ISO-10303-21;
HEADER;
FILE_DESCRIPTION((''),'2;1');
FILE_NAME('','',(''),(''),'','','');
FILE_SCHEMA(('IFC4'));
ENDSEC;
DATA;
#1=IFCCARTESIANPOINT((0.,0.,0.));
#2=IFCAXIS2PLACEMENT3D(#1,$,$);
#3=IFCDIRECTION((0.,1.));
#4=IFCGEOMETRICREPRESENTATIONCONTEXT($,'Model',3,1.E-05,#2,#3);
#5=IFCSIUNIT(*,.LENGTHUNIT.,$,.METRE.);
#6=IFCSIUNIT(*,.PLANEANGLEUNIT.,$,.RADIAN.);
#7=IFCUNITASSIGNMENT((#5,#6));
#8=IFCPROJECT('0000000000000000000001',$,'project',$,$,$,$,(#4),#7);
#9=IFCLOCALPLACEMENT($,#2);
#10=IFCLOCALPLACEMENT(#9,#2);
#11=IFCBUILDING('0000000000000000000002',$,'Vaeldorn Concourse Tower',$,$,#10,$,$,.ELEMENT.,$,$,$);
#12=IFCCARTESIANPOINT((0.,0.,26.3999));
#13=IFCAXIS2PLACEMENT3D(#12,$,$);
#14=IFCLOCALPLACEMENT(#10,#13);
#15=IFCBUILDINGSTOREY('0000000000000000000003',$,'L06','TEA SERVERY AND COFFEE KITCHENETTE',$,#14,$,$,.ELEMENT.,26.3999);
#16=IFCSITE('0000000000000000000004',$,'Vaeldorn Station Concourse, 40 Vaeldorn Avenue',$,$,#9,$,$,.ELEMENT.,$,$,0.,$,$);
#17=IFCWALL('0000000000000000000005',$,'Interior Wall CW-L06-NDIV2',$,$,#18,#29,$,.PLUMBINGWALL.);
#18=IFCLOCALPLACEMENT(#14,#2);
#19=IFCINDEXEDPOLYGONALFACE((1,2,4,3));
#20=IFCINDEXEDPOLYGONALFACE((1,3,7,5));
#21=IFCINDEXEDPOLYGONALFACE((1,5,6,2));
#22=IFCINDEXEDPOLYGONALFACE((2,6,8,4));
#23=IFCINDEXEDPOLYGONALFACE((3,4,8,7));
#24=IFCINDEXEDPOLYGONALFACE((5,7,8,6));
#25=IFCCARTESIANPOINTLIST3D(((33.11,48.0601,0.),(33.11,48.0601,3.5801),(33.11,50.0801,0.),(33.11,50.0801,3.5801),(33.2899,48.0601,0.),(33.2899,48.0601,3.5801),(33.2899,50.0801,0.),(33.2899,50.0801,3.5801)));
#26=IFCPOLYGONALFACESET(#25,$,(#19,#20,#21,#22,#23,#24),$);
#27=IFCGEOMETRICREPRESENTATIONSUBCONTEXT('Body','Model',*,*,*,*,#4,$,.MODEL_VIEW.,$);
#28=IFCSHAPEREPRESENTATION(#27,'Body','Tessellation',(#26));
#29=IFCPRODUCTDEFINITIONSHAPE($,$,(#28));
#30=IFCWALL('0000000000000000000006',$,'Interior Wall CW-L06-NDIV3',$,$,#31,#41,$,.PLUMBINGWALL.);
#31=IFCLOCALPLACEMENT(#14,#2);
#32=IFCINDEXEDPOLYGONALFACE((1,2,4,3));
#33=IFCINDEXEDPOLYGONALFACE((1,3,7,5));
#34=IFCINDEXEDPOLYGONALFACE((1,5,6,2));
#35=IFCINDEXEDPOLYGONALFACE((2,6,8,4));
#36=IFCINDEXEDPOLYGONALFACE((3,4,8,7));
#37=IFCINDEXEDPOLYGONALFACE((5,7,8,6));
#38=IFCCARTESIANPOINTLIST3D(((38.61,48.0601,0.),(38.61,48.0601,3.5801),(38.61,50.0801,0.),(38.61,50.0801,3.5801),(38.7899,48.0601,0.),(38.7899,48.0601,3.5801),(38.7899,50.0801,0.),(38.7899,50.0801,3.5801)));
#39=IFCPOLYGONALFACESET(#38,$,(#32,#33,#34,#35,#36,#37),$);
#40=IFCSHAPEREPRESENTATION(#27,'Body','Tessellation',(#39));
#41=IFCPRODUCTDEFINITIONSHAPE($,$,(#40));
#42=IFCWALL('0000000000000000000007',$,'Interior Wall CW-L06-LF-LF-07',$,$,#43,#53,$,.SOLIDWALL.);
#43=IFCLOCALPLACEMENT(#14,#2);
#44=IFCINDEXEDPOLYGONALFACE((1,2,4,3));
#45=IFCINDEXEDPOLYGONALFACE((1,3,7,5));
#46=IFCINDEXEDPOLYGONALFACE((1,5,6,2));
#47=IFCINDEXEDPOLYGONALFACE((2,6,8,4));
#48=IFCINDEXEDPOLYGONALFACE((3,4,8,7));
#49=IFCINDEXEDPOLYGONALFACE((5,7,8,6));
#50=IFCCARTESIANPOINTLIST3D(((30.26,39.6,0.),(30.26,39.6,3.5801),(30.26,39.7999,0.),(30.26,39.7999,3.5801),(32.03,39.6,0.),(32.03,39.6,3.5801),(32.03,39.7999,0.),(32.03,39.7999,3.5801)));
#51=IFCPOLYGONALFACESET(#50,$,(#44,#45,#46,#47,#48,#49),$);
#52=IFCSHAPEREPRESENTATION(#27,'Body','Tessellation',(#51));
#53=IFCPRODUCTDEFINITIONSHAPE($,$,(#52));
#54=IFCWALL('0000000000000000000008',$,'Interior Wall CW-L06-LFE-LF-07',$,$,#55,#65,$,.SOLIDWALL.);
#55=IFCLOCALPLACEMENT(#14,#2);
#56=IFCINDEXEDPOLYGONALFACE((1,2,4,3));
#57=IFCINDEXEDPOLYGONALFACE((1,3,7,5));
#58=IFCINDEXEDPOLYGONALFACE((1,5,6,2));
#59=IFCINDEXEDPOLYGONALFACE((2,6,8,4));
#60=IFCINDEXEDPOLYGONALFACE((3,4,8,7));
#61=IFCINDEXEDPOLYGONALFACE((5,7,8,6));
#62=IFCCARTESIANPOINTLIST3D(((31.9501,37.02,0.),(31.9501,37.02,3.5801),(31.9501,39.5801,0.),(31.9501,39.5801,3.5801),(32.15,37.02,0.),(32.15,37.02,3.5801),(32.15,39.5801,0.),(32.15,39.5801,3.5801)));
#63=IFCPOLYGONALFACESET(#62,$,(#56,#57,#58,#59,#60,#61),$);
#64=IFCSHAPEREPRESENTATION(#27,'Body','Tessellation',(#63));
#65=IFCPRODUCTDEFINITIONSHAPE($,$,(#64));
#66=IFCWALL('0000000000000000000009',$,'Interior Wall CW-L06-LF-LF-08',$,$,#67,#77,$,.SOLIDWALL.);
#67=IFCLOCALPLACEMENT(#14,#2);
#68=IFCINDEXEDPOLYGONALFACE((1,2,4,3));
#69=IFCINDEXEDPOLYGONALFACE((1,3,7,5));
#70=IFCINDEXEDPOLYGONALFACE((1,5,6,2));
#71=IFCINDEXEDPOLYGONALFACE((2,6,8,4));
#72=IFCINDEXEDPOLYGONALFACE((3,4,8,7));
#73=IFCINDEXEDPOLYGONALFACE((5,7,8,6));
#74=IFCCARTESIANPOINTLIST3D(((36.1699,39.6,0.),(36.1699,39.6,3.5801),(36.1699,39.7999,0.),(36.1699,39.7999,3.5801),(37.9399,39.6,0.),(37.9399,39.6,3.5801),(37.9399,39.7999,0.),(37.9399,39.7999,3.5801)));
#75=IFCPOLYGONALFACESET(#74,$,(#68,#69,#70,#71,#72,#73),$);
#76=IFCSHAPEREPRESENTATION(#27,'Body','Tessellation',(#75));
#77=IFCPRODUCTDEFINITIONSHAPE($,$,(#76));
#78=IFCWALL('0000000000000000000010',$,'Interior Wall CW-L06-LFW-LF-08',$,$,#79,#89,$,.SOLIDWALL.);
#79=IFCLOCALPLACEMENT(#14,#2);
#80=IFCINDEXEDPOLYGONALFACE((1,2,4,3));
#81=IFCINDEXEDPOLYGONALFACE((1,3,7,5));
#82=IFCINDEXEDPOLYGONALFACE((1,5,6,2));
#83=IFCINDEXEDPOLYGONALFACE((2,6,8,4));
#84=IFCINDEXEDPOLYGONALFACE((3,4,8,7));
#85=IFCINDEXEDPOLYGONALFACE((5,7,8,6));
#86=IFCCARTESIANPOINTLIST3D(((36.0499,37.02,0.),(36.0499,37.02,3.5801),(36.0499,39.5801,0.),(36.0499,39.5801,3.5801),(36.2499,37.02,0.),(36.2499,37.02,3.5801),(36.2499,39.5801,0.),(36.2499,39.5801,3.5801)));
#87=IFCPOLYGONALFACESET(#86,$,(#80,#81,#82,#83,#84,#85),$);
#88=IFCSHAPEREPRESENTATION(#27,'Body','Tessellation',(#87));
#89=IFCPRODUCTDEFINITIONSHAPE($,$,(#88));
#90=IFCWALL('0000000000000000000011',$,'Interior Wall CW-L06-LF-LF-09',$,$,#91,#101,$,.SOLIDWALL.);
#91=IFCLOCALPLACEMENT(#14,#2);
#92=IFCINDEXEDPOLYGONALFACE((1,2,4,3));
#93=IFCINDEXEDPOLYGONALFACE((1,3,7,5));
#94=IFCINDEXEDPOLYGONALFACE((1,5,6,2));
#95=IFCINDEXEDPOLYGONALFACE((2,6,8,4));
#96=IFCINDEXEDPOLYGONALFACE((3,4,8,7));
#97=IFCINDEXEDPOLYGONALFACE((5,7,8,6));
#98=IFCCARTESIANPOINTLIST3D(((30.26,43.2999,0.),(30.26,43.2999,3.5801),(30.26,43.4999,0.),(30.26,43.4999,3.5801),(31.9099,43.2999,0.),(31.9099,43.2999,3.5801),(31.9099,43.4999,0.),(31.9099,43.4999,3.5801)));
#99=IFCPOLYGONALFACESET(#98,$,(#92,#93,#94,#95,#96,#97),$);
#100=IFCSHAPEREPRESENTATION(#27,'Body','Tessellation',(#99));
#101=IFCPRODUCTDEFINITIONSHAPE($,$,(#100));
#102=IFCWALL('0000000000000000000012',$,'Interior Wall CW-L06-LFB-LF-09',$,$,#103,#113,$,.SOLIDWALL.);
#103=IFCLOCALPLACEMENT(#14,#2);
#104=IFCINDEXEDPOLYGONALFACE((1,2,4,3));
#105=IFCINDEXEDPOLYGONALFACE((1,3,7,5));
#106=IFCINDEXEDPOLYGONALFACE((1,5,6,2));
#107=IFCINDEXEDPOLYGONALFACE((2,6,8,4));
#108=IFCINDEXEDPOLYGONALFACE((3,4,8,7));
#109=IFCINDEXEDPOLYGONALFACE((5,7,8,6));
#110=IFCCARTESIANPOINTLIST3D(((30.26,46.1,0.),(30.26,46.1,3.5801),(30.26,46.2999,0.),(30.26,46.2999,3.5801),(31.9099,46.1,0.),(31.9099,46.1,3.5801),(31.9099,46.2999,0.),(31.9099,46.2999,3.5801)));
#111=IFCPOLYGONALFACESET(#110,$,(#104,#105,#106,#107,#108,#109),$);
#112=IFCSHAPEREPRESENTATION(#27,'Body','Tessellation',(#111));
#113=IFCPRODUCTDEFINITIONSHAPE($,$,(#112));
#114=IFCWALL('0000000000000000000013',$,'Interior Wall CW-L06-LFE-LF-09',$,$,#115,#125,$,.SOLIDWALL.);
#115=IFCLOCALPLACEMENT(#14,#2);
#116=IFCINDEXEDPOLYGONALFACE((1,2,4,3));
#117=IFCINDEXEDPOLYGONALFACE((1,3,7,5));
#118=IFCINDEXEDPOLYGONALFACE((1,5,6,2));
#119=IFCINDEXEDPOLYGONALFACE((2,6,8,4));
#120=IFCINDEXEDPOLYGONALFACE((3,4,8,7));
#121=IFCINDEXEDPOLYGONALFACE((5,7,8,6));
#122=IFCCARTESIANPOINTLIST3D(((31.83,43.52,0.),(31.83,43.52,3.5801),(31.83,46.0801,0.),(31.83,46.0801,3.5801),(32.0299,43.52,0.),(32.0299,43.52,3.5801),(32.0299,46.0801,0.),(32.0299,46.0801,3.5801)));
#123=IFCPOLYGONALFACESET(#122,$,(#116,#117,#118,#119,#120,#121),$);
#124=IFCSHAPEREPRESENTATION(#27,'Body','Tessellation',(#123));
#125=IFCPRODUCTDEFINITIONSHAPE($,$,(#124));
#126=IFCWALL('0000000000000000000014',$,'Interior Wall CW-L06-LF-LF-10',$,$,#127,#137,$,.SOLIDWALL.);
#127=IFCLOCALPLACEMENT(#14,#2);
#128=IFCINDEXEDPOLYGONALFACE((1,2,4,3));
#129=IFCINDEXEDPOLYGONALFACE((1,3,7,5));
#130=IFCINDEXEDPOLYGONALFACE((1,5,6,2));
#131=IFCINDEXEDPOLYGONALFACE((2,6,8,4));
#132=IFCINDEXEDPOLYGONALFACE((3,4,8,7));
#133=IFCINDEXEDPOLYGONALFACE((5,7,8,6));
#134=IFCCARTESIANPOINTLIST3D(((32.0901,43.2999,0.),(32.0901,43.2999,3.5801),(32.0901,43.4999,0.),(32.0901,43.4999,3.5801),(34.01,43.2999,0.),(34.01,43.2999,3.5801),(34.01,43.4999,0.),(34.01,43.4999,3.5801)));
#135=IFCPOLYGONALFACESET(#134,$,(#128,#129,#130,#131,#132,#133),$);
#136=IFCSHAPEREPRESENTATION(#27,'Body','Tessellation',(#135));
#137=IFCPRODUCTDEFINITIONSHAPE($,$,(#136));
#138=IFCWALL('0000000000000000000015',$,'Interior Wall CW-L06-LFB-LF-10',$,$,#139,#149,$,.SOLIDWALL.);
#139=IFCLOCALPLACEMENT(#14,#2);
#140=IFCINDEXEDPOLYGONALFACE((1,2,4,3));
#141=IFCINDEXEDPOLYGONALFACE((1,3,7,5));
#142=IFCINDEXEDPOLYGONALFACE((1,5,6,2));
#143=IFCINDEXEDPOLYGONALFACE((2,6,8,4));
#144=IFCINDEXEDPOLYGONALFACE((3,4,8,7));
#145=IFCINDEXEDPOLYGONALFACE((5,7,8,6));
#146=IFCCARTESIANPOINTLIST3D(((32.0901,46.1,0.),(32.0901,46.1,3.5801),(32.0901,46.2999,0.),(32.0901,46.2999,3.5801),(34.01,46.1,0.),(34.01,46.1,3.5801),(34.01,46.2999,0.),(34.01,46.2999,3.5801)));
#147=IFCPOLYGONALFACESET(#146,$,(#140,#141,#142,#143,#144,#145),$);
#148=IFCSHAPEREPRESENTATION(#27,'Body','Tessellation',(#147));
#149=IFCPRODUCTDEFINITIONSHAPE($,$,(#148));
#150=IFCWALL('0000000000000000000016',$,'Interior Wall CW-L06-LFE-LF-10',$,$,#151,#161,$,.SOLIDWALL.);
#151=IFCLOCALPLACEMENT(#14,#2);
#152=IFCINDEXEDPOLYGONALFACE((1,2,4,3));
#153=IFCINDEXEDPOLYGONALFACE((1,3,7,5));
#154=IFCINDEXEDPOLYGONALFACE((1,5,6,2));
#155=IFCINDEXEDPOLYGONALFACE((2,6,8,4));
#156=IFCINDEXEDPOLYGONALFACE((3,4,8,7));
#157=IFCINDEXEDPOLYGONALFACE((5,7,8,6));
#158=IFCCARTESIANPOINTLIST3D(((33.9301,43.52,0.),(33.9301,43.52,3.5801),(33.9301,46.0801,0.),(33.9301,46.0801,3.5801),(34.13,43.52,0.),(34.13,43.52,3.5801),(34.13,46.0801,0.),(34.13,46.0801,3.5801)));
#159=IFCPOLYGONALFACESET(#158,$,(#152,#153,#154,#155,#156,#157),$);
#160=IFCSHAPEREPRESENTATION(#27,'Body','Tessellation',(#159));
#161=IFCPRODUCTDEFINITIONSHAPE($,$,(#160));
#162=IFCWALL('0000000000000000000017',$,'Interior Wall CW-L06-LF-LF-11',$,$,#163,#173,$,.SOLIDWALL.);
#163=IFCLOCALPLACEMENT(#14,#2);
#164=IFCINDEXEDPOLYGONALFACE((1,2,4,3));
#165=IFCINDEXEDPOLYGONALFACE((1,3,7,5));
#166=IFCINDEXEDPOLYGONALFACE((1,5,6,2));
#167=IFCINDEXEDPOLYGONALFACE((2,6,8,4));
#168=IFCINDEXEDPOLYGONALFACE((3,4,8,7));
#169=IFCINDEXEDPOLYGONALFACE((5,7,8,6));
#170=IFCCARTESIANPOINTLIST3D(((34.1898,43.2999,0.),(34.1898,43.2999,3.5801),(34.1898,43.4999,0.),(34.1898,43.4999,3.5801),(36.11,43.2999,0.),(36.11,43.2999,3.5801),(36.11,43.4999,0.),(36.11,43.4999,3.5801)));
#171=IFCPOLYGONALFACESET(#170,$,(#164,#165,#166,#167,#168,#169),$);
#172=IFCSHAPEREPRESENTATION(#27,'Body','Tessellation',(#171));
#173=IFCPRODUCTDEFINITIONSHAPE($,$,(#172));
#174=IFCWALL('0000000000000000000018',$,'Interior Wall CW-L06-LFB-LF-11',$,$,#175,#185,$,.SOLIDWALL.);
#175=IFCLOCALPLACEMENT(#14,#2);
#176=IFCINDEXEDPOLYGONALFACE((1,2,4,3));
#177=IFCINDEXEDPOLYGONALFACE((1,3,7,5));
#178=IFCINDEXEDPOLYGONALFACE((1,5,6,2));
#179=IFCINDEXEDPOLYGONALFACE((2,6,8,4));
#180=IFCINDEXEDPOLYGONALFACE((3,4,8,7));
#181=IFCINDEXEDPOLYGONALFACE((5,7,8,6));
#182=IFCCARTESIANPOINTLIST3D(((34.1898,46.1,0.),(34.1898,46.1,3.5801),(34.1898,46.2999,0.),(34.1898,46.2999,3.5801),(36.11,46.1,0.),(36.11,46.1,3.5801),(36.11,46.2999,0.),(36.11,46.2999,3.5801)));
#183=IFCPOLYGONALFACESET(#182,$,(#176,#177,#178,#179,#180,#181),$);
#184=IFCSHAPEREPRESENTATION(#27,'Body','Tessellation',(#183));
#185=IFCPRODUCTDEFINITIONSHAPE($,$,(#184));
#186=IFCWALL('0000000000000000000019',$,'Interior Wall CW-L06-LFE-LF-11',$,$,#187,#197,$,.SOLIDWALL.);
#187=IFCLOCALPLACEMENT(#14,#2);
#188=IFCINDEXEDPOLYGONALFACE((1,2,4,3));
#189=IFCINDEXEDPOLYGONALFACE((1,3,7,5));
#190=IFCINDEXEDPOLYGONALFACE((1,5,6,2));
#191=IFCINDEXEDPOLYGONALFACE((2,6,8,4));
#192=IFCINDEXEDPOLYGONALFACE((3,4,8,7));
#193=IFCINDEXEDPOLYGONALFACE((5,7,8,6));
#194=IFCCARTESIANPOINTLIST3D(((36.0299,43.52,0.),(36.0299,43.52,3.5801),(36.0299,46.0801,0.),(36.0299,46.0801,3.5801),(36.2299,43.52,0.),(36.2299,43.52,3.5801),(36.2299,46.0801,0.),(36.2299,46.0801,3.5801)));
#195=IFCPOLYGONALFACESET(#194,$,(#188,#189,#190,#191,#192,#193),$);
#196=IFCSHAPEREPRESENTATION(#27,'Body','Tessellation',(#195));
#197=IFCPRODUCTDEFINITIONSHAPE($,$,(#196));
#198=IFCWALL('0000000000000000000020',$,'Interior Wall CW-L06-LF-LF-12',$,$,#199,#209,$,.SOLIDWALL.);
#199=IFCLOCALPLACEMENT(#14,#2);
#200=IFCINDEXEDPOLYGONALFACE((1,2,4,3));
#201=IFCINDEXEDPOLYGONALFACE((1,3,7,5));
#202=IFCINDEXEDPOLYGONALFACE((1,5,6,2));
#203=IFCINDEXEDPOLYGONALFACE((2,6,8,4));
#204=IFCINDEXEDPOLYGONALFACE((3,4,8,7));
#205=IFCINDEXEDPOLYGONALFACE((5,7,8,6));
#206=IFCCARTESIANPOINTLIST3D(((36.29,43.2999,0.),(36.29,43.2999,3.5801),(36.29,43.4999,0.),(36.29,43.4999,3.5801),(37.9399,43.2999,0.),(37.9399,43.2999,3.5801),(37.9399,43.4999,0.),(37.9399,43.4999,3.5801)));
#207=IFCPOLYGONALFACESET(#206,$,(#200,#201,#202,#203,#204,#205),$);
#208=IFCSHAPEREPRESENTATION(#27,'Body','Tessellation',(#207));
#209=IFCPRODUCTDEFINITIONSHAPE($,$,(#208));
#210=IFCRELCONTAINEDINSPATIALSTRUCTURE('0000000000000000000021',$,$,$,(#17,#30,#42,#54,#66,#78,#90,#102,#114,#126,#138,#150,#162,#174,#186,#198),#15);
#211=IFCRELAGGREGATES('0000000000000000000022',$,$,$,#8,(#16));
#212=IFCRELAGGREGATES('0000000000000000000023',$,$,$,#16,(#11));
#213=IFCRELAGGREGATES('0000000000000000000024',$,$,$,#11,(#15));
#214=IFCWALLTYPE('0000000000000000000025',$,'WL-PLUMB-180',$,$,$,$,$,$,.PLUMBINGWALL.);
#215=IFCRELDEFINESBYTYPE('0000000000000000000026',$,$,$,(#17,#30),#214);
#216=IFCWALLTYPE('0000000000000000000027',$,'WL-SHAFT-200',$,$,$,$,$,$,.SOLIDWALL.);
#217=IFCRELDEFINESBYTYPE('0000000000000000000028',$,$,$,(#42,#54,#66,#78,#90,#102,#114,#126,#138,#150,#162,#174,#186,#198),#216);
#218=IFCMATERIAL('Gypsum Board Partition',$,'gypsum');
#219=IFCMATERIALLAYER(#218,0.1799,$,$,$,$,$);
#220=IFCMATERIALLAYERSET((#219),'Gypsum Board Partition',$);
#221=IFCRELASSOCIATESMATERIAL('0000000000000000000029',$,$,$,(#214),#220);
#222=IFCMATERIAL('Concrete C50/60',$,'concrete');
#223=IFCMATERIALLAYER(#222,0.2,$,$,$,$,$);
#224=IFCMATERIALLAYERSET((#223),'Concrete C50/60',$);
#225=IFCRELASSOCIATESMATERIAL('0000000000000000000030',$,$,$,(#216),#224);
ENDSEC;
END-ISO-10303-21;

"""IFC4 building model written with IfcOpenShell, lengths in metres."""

from ifc_helpers import new_model, si_unit, direction, frame, frame_2d, origin, place, context, subcontext, project, spatial, rectangle, extrude, material, layer, layer_set, type_object, element, save


model = new_model("IFC4")

# Units and contexts
model_context = context("Model", 3, precision=1e-05, world=origin(), true_north=direction((0.0, 1.0)))
body_context = subcontext(model_context, "Body", "Model", "MODEL_VIEW")
ifc_project = project(units=[si_unit("LENGTHUNIT", "METRE"), si_unit("PLANEANGLEUNIT", "RADIAN")], contexts=[model_context])

# Site, building, storey
site_placement = place(None, origin())
site = spatial("IfcSite", under=ifc_project, at=site_placement, Name="Vaeldorn Station Concourse, 40 Vaeldorn Avenue", CompositionType="ELEMENT", RefElevation=0.0)
building_placement = place(site_placement, origin())
building = spatial("IfcBuilding", under=site, at=building_placement, Name="Vaeldorn Concourse Tower", CompositionType="ELEMENT")
storey_placement = place(building_placement, frame((0.0, 0.0, 26.3999)))
storey = spatial("IfcBuildingStorey", under=building, at=storey_placement, Name="L06", Description="TEA SERVERY AND COFFEE KITCHENETTE", CompositionType="ELEMENT", Elevation=26.3999)

# Shared definitions
ifc_material_1 = material(Name="Gypsum Board Partition", Category="gypsum")

# Walls
ifc_layer_1 = layer(ifc_material_1, 0.1799)
ifc_layer_set_1 = layer_set([ifc_layer_1], Name="Gypsum Board Partition")
wall_type_1 = type_object("IfcWallType", Name="WL-PLUMB-180", PredefinedType="PLUMBINGWALL", material=ifc_layer_set_1)
for number, where, z_axis, x_axis, name in (
    (1, (33.2, 48.0601, 0.0), (0.0, 0.0, 1.0), (0.0, 1.0, 0.0), "Interior Wall CW-L06-NDIV2"),
    (2, (38.7, 48.0601, 0.0), (0.0, 0.0, 1.0), (0.0, 1.0, 0.0), "Interior Wall CW-L06-NDIV3"),
):
    element("IfcWall", number, at=place(storey_placement, frame(where, z_axis=z_axis, x_axis=x_axis)), inside=storey, type_object=wall_type_1, Name=name, PredefinedType="PLUMBINGWALL", context=body_context, shape_type="SweptSolid", body=[
        extrude(rectangle(XDim=2.02, YDim=0.1799, at=frame_2d((1.01, 0.0))), origin(), (0.0, 0.0, 1.0), 3.5801),
    ])
ifc_material_2 = material(Name="Concrete C50/60", Category="concrete")
ifc_layer_2 = layer(ifc_material_2, 0.2)
ifc_layer_set_2 = layer_set([ifc_layer_2], Name="Concrete C50/60")
wall_type_2 = type_object("IfcWallType", Name="WL-SHAFT-200", PredefinedType="SOLIDWALL", material=ifc_layer_set_2)
wall_1_placement = place(storey_placement, frame((30.26, 39.7, 0.0), z_axis=(0.0, 0.0, 1.0), x_axis=(1.0, 0.0, 0.0)))
element("IfcWall", 3, at=wall_1_placement, inside=storey, type_object=wall_type_2, Name="Interior Wall CW-L06-LF-LF-07", PredefinedType="SOLIDWALL", context=body_context, shape_type="SweptSolid", body=[
    extrude(rectangle(XDim=1.77, YDim=0.2, at=frame_2d((0.885, 0.0))), origin(), (0.0, 0.0, 1.0), 3.5801),
])
wall_2_placement = place(storey_placement, frame((32.05, 37.02, 0.0), z_axis=(0.0, 0.0, 1.0), x_axis=(0.0, 1.0, 0.0)))
element("IfcWall", 4, at=wall_2_placement, inside=storey, type_object=wall_type_2, Name="Interior Wall CW-L06-LFE-LF-07", PredefinedType="SOLIDWALL", context=body_context, shape_type="SweptSolid", body=[
    extrude(rectangle(XDim=2.5601, YDim=0.2, at=frame_2d((1.28, 0.0))), origin(), (0.0, 0.0, 1.0), 3.5801),
])
wall_3_placement = place(storey_placement, frame((36.1699, 39.7, 0.0), z_axis=(0.0, 0.0, 1.0), x_axis=(1.0, 0.0, 0.0)))
element("IfcWall", 5, at=wall_3_placement, inside=storey, type_object=wall_type_2, Name="Interior Wall CW-L06-LF-LF-08", PredefinedType="SOLIDWALL", context=body_context, shape_type="SweptSolid", body=[
    extrude(rectangle(XDim=1.77, YDim=0.2, at=frame_2d((0.885, 0.0))), origin(), (0.0, 0.0, 1.0), 3.5801),
])
wall_4_placement = place(storey_placement, frame((36.1499, 37.02, 0.0), z_axis=(0.0, 0.0, 1.0), x_axis=(0.0, 1.0, 0.0)))
element("IfcWall", 6, at=wall_4_placement, inside=storey, type_object=wall_type_2, Name="Interior Wall CW-L06-LFW-LF-08", PredefinedType="SOLIDWALL", context=body_context, shape_type="SweptSolid", body=[
    extrude(rectangle(XDim=2.5601, YDim=0.2, at=frame_2d((1.28, 0.0))), origin(), (0.0, 0.0, 1.0), 3.5801),
])
for number, where, z_axis, x_axis, name in (
    (7, (30.26, 43.3999, 0.0), (0.0, 0.0, 1.0), (1.0, 0.0, 0.0), "Interior Wall CW-L06-LF-LF-09"),
    (8, (30.26, 46.2, 0.0), (0.0, 0.0, 1.0), (1.0, 0.0, 0.0), "Interior Wall CW-L06-LFB-LF-09"),
):
    element("IfcWall", number, at=place(storey_placement, frame(where, z_axis=z_axis, x_axis=x_axis)), inside=storey, type_object=wall_type_2, Name=name, PredefinedType="SOLIDWALL", context=body_context, shape_type="SweptSolid", body=[
        extrude(rectangle(XDim=1.6499, YDim=0.2, at=frame_2d((0.825, 0.0))), origin(), (0.0, 0.0, 1.0), 3.5801),
    ])
wall_5_placement = place(storey_placement, frame((31.9299, 43.52, 0.0), z_axis=(0.0, 0.0, 1.0), x_axis=(0.0, 1.0, 0.0)))
element("IfcWall", 9, at=wall_5_placement, inside=storey, type_object=wall_type_2, Name="Interior Wall CW-L06-LFE-LF-09", PredefinedType="SOLIDWALL", context=body_context, shape_type="SweptSolid", body=[
    extrude(rectangle(XDim=2.5601, YDim=0.2, at=frame_2d((1.28, 0.0))), origin(), (0.0, 0.0, 1.0), 3.5801),
])
for number, where, z_axis, x_axis, name in (
    (10, (32.0901, 43.3999, 0.0), (0.0, 0.0, 1.0), (1.0, 0.0, 0.0), "Interior Wall CW-L06-LF-LF-10"),
    (11, (32.0901, 46.2, 0.0), (0.0, 0.0, 1.0), (1.0, 0.0, 0.0), "Interior Wall CW-L06-LFB-LF-10"),
):
    element("IfcWall", number, at=place(storey_placement, frame(where, z_axis=z_axis, x_axis=x_axis)), inside=storey, type_object=wall_type_2, Name=name, PredefinedType="SOLIDWALL", context=body_context, shape_type="SweptSolid", body=[
        extrude(rectangle(XDim=1.9199, YDim=0.2, at=frame_2d((0.96, 0.0))), origin(), (0.0, 0.0, 1.0), 3.5801),
    ])
wall_6_placement = place(storey_placement, frame((34.03, 43.52, 0.0), z_axis=(0.0, 0.0, 1.0), x_axis=(0.0, 1.0, 0.0)))
element("IfcWall", 12, at=wall_6_placement, inside=storey, type_object=wall_type_2, Name="Interior Wall CW-L06-LFE-LF-10", PredefinedType="SOLIDWALL", context=body_context, shape_type="SweptSolid", body=[
    extrude(rectangle(XDim=2.5601, YDim=0.2, at=frame_2d((1.28, 0.0))), origin(), (0.0, 0.0, 1.0), 3.5801),
])
for number, where, z_axis, x_axis, name in (
    (13, (34.1899, 43.3999, 0.0), (0.0, 0.0, 1.0), (1.0, 0.0, 0.0), "Interior Wall CW-L06-LF-LF-11"),
    (14, (34.1899, 46.2, 0.0), (0.0, 0.0, 1.0), (1.0, 0.0, 0.0), "Interior Wall CW-L06-LFB-LF-11"),
):
    element("IfcWall", number, at=place(storey_placement, frame(where, z_axis=z_axis, x_axis=x_axis)), inside=storey, type_object=wall_type_2, Name=name, PredefinedType="SOLIDWALL", context=body_context, shape_type="SweptSolid", body=[
        extrude(rectangle(XDim=1.9202, YDim=0.2, at=frame_2d((0.96, 0.0))), origin(), (0.0, 0.0, 1.0), 3.5801),
    ])
wall_7_placement = place(storey_placement, frame((36.1299, 43.52, 0.0), z_axis=(0.0, 0.0, 1.0), x_axis=(0.0, 1.0, 0.0)))
element("IfcWall", 15, at=wall_7_placement, inside=storey, type_object=wall_type_2, Name="Interior Wall CW-L06-LFE-LF-11", PredefinedType="SOLIDWALL", context=body_context, shape_type="SweptSolid", body=[
    extrude(rectangle(XDim=2.5601, YDim=0.2, at=frame_2d((1.28, 0.0))), origin(), (0.0, 0.0, 1.0), 3.5801),
])
for number, where, z_axis, x_axis, name in (
    (16, (36.29, 43.3999, 0.0), (0.0, 0.0, 1.0), (1.0, 0.0, 0.0), "Interior Wall CW-L06-LF-LF-12"),
):
    element("IfcWall", number, at=place(storey_placement, frame(where, z_axis=z_axis, x_axis=x_axis)), inside=storey, type_object=wall_type_2, Name=name, PredefinedType="SOLIDWALL", context=body_context, shape_type="SweptSolid", body=[
        extrude(rectangle(XDim=1.6499, YDim=0.2, at=frame_2d((0.825, 0.0))), origin(), (0.0, 0.0, 1.0), 3.5801),
    ])

save(model, "model.ifc")
